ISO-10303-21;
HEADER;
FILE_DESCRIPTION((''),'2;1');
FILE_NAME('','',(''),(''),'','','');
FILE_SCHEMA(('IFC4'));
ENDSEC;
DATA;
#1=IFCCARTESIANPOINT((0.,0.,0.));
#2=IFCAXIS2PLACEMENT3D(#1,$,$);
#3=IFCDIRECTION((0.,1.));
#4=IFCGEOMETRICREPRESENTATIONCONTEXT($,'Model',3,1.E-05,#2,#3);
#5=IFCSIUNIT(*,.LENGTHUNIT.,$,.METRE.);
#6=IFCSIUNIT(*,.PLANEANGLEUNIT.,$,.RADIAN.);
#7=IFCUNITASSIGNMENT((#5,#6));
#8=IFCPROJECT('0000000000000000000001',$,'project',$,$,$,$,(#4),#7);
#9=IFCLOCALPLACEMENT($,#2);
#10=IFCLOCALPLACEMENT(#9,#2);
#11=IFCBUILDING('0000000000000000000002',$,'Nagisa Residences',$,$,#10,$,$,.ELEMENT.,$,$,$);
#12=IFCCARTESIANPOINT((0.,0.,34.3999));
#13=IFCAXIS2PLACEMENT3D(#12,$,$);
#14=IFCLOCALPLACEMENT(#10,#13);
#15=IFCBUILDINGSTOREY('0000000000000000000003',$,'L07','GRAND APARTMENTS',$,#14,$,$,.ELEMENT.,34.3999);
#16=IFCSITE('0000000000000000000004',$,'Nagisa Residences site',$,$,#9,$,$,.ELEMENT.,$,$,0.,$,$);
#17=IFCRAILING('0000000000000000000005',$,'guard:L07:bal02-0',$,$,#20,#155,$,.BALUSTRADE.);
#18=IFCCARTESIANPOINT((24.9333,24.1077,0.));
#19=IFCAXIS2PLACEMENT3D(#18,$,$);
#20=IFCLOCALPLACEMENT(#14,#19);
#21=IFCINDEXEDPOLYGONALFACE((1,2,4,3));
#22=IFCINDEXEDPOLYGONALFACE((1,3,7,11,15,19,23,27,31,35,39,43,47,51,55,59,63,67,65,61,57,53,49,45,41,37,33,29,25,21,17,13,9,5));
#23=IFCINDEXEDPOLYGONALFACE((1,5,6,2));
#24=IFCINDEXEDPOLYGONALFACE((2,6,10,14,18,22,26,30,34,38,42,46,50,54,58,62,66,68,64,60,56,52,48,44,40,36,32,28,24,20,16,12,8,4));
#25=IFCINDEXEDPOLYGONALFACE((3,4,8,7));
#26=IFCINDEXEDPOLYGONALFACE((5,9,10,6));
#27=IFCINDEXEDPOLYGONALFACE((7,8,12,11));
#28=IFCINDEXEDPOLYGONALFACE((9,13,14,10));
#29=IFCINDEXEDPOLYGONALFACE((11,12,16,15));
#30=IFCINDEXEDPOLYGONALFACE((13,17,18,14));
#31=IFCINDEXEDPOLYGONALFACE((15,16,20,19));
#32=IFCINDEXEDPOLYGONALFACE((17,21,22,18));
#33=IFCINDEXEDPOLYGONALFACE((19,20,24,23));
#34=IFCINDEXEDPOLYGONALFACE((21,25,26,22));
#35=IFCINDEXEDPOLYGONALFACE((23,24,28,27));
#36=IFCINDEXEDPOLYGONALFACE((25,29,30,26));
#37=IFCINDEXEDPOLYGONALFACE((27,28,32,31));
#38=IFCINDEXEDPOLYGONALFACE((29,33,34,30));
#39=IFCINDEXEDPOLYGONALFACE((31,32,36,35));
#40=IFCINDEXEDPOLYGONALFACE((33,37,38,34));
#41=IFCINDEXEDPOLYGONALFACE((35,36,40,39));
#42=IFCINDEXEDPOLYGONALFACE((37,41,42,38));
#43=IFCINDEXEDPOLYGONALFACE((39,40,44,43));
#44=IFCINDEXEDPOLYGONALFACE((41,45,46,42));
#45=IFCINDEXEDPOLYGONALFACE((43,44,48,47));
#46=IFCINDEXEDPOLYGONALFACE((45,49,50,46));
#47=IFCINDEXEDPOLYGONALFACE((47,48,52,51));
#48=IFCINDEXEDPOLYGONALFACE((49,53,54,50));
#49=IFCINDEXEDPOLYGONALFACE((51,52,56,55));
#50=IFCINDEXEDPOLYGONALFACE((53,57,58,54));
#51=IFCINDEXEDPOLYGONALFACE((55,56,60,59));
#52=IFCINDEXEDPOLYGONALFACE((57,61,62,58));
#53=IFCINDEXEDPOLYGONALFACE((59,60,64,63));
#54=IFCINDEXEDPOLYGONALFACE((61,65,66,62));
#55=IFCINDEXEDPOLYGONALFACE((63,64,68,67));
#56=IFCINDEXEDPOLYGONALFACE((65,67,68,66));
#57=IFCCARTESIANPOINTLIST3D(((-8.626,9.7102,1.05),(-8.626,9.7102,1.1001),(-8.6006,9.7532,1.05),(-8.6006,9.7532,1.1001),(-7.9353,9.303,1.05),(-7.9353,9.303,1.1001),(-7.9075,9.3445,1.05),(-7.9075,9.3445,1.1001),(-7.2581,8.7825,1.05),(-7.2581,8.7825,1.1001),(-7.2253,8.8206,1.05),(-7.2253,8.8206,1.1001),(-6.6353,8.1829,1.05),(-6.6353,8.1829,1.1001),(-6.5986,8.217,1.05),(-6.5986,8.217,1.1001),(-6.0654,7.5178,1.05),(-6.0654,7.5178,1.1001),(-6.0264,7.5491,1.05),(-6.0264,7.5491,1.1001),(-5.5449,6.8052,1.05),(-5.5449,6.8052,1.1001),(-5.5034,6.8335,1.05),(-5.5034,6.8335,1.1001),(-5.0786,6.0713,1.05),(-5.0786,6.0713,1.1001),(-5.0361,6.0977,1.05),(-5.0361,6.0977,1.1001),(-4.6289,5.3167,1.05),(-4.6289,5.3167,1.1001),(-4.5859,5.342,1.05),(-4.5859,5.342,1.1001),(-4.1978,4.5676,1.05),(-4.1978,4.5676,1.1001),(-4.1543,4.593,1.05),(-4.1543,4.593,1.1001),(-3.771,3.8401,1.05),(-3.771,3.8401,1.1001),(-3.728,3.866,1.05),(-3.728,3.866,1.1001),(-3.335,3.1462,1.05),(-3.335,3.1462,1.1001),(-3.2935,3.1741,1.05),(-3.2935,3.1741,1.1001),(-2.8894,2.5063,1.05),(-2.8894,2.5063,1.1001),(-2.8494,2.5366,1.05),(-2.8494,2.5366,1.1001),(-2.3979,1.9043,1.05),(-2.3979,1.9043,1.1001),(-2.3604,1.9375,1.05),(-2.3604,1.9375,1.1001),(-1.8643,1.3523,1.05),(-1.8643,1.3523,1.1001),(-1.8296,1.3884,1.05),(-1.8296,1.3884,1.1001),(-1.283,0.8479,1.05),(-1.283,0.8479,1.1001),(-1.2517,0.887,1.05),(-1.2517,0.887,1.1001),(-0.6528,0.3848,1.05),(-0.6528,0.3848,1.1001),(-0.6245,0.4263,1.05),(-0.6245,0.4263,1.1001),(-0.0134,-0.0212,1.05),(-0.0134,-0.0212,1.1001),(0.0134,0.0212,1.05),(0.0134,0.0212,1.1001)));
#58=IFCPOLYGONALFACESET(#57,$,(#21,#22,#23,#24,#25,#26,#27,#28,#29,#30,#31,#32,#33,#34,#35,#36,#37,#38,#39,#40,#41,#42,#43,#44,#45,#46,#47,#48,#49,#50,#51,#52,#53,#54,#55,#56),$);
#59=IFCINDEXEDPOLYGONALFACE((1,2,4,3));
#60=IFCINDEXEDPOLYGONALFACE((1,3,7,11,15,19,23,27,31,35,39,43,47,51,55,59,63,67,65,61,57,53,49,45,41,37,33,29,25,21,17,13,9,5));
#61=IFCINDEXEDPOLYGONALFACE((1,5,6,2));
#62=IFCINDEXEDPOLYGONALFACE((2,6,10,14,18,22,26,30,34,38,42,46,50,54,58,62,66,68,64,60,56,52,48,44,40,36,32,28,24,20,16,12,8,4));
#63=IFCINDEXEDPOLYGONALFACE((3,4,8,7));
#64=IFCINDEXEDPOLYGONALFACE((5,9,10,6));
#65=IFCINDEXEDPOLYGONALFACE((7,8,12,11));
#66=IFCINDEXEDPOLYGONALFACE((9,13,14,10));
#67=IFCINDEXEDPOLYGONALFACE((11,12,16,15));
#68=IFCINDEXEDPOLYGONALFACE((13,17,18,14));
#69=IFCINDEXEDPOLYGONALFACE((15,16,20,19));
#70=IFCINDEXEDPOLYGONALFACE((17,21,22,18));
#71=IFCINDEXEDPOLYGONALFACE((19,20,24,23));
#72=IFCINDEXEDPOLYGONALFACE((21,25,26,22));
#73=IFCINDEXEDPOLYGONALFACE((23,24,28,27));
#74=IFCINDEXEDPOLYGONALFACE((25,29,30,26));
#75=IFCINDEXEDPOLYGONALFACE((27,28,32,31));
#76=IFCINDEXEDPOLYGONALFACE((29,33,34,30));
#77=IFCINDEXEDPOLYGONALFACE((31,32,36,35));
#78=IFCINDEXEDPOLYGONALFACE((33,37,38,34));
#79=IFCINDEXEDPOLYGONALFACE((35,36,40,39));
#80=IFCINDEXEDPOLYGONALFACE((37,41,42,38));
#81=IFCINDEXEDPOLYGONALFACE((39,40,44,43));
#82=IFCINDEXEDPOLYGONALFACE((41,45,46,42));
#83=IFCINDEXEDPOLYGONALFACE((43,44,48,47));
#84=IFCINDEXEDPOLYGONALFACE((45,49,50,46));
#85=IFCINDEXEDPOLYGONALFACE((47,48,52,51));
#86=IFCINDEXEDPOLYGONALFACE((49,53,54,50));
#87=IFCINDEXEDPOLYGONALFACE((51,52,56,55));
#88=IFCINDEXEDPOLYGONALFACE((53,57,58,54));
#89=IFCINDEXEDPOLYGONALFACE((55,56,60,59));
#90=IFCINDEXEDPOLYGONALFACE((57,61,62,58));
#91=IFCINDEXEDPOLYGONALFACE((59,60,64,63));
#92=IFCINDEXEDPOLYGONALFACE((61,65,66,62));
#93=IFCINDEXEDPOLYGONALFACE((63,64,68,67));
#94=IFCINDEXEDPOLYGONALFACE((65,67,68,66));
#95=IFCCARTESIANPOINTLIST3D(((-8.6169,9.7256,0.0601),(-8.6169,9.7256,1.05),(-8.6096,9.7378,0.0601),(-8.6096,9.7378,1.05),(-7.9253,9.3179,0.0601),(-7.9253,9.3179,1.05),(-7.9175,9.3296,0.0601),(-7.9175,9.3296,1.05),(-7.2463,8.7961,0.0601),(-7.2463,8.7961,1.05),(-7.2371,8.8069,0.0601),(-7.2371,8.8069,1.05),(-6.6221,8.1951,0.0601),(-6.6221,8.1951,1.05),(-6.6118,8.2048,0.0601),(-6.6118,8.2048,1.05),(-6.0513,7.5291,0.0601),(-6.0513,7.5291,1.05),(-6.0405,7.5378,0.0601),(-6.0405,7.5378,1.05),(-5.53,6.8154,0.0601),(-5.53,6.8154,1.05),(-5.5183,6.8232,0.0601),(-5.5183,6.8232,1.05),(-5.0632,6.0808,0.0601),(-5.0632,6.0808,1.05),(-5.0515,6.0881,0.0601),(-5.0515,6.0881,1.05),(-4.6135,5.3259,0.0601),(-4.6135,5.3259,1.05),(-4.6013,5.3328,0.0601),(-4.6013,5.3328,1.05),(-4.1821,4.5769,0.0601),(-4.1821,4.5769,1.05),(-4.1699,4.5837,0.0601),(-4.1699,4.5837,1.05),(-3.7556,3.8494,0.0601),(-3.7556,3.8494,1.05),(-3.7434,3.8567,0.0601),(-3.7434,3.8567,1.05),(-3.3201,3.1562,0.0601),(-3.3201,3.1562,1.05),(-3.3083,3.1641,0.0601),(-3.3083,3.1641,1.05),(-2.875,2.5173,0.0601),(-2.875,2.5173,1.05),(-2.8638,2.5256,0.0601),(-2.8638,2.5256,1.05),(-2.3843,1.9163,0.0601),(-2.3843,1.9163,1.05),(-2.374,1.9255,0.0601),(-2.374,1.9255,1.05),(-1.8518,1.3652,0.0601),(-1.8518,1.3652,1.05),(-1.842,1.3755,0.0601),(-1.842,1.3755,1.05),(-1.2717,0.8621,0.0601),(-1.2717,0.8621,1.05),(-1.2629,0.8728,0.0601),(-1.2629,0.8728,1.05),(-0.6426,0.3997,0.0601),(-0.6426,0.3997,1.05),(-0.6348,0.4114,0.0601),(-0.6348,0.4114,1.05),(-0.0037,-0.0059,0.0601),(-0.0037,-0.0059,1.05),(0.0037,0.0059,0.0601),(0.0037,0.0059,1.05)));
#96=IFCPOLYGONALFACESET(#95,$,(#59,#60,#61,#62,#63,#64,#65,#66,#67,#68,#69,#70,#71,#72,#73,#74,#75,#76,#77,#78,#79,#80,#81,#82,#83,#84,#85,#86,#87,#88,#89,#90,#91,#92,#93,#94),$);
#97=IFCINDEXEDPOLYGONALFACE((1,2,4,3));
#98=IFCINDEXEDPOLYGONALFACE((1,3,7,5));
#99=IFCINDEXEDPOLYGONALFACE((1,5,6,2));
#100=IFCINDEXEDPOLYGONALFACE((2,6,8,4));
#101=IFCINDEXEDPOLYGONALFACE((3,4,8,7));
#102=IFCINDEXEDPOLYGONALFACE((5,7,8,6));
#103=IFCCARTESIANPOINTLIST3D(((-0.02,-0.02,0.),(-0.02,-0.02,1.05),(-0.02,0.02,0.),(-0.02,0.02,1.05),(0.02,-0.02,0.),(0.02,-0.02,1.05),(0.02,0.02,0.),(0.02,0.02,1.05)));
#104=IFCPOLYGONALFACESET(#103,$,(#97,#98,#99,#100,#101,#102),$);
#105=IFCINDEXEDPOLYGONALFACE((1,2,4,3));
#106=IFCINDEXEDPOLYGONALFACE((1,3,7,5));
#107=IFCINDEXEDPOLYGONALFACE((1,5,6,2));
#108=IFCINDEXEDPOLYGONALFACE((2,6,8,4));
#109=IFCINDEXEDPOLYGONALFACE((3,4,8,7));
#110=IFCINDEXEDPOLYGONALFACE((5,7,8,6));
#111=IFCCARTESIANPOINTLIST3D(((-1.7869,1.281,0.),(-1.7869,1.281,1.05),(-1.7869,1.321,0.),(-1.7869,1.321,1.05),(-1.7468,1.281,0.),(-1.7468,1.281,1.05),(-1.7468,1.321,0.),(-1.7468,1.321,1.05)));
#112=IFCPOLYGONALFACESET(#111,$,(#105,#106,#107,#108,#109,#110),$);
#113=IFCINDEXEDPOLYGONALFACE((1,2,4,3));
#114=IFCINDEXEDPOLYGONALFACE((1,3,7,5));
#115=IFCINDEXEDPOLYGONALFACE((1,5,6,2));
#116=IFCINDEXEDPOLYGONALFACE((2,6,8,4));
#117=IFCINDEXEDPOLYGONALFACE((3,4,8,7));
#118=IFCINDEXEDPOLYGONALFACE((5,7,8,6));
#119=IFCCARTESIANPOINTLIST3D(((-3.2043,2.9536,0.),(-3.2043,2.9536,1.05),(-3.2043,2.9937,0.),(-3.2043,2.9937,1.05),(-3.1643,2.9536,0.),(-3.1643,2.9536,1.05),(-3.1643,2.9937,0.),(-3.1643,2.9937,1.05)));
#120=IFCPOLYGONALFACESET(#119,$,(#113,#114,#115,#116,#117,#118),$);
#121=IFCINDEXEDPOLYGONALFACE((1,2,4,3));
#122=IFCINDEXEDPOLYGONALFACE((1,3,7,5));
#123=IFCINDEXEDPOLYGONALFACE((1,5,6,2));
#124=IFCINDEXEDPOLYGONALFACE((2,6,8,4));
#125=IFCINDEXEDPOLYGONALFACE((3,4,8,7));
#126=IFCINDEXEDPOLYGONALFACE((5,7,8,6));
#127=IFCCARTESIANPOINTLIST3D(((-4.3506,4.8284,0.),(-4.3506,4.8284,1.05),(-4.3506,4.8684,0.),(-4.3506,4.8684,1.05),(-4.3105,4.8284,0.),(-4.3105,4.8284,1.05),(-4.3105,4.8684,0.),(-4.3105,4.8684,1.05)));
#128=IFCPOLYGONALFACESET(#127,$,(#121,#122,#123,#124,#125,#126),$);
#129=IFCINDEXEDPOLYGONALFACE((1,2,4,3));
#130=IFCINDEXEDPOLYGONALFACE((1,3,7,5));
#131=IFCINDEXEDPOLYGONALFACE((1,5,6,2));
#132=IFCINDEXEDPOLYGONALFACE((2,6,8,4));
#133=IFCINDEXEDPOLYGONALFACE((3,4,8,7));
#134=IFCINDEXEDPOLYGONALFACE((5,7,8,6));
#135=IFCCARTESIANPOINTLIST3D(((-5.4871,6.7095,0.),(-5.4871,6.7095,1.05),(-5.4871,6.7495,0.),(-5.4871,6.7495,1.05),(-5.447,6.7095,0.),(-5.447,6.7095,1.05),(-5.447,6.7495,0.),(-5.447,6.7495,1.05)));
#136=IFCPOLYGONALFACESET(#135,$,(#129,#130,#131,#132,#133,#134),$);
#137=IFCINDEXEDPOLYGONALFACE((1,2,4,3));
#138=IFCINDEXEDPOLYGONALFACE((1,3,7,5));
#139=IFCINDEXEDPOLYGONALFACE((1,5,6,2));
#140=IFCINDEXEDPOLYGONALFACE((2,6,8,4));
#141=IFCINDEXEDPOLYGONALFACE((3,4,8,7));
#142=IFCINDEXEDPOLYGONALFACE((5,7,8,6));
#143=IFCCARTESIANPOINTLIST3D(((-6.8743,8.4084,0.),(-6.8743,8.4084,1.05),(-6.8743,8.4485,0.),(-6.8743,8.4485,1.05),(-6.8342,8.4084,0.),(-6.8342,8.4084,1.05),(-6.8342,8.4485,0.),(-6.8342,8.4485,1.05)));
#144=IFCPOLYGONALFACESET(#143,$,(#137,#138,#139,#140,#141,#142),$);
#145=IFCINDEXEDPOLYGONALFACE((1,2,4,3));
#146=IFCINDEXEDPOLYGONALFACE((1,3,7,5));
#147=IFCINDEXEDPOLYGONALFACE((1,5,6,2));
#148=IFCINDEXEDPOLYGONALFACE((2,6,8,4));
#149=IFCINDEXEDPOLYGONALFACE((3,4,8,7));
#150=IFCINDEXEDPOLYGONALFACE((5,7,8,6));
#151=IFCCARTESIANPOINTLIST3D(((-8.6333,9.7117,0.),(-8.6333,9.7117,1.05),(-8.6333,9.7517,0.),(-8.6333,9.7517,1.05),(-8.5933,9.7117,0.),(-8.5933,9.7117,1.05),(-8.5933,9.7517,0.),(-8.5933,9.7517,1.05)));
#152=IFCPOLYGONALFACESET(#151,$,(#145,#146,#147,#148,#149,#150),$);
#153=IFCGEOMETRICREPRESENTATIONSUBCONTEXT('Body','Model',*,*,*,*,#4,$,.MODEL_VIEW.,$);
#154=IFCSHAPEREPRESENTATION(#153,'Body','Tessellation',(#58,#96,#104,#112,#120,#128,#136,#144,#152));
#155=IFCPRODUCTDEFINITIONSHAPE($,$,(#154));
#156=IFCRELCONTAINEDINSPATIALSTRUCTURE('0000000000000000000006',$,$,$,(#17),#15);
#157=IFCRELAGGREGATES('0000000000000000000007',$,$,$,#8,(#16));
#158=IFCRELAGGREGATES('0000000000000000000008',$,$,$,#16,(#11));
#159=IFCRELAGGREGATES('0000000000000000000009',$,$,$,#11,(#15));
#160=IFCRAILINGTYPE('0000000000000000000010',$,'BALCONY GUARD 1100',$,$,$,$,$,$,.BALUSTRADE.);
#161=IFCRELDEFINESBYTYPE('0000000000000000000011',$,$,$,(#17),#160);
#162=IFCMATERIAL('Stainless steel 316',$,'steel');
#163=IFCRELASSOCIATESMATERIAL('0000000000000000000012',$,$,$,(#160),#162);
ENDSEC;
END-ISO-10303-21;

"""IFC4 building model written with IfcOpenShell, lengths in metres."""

from ifc_helpers import new_model, si_unit, direction, frame, origin, origin_2d, place, context, subcontext, project, spatial, polyline, rectangle, outline, extrude, material, type_object, element, save


model = new_model("IFC4")

# Units and contexts
model_context = context("Model", 3, precision=1e-05, world=origin(), true_north=direction((0.0, 1.0)))
body_context = subcontext(model_context, "Body", "Model", "MODEL_VIEW")
ifc_project = project(units=[si_unit("LENGTHUNIT", "METRE"), si_unit("PLANEANGLEUNIT", "RADIAN")], contexts=[model_context])

# Site, building, storey
site_placement = place(None, origin())
site = spatial("IfcSite", under=ifc_project, at=site_placement, Name="Nagisa Residences site", CompositionType="ELEMENT", RefElevation=0.0)
building_placement = place(site_placement, origin())
building = spatial("IfcBuilding", under=site, at=building_placement, Name="Nagisa Residences", CompositionType="ELEMENT")
storey_placement = place(building_placement, frame((0.0, 0.0, 34.3999)))
storey = spatial("IfcBuildingStorey", under=building, at=storey_placement, Name="L07", Description="GRAND APARTMENTS", CompositionType="ELEMENT", Elevation=34.3999)

# Railing
ifc_material_1 = material(Name="Stainless steel 316", Category="steel")
railing_type = type_object("IfcRailingType", Name="BALCONY GUARD 1100", PredefinedType="BALUSTRADE", material=ifc_material_1)
railing_1_placement = place(storey_placement, frame((24.9333, 24.1077, 0.0)))
element("IfcRailing", 1, at=railing_1_placement, inside=storey, type_object=railing_type, Name="guard:L07:bal02-0", PredefinedType="BALUSTRADE", context=body_context, shape_type="SweptSolid", body=[
    extrude(outline(polyline([(-0.6528, 0.3848), (-0.0134, -0.0212), (0.0134, 0.0212), (-0.6245, 0.4263), (-1.2517, 0.887), (-1.8296, 1.3884), (-2.3604, 1.9375), (-2.8494, 2.5366), (-3.2935, 3.1741), (-3.728, 3.866), (-4.1543, 4.593), (-4.5859, 5.342), (-5.0361, 6.0977), (-5.5034, 6.8335), (-6.0264, 7.5491), (-6.5986, 8.217), (-7.2253, 8.8206), (-7.9075, 9.3445), (-8.6006, 9.7532), (-8.626, 9.7102), (-7.9353, 9.303), (-7.2581, 8.7825), (-6.6353, 8.1829), (-6.0654, 7.5178), (-5.5449, 6.8052), (-5.0786, 6.0713), (-4.6289, 5.3167), (-4.1978, 4.5676), (-3.771, 3.8401), (-3.335, 3.1462), (-2.8894, 2.5063), (-2.3979, 1.9043), (-1.8643, 1.3523), (-1.283, 0.8479), (-0.6528, 0.3848)])), frame((0.0, 0.0, 1.05)), (0.0, 0.0, 1.0), 0.05),
    extrude(outline(polyline([(-0.6426, 0.3997), (-0.0037, -0.0059), (0.0037, 0.0059), (-0.6348, 0.4114), (-1.2629, 0.8728), (-1.842, 1.3755), (-2.374, 1.9255), (-2.8638, 2.5256), (-3.3083, 3.1641), (-3.7434, 3.8567), (-4.1699, 4.5837), (-4.6013, 5.3328), (-5.0515, 6.0881), (-5.5183, 6.8232), (-6.0405, 7.5378), (-6.6118, 8.2048), (-7.2371, 8.8069), (-7.9175, 9.3296), (-8.6096, 9.7378), (-8.6169, 9.7256), (-7.9253, 9.3179), (-7.2463, 8.7961), (-6.6221, 8.1951), (-6.0513, 7.5291), (-5.53, 6.8154), (-5.0632, 6.0808), (-4.6135, 5.3259), (-4.1821, 4.5769), (-3.7556, 3.8494), (-3.3201, 3.1562), (-2.875, 2.5173), (-2.3843, 1.9163), (-1.8518, 1.3652), (-1.2717, 0.8621), (-0.6426, 0.3997)])), frame((0.0, 0.0, 0.0601)), (0.0, 0.0, 1.0), 0.99),
    extrude(rectangle(XDim=0.04, YDim=0.04, at=origin_2d()), origin(), (0.0, 0.0, 1.0), 1.05),
    extrude(rectangle(XDim=0.04, YDim=0.04, at=origin_2d()), frame((-1.7668, 1.301, 0.0)), (0.0, 0.0, 1.0), 1.05),
    extrude(rectangle(XDim=0.04, YDim=0.04, at=origin_2d()), frame((-3.1843, 2.9736, 0.0)), (0.0, 0.0, 1.0), 1.05),
    extrude(rectangle(XDim=0.04, YDim=0.04, at=origin_2d()), frame((-4.3306, 4.8484, 0.0)), (0.0, 0.0, 1.0), 1.05),
    extrude(rectangle(XDim=0.04, YDim=0.04, at=origin_2d()), frame((-5.467, 6.7295, 0.0)), (0.0, 0.0, 1.0), 1.05),
    extrude(rectangle(XDim=0.04, YDim=0.04, at=origin_2d()), frame((-6.8542, 8.4285, 0.0)), (0.0, 0.0, 1.0), 1.05),
    extrude(rectangle(XDim=0.04, YDim=0.04, at=origin_2d()), frame((-8.6133, 9.7317, 0.0)), (0.0, 0.0, 1.0), 1.05),
])

save(model, "model.ifc")
